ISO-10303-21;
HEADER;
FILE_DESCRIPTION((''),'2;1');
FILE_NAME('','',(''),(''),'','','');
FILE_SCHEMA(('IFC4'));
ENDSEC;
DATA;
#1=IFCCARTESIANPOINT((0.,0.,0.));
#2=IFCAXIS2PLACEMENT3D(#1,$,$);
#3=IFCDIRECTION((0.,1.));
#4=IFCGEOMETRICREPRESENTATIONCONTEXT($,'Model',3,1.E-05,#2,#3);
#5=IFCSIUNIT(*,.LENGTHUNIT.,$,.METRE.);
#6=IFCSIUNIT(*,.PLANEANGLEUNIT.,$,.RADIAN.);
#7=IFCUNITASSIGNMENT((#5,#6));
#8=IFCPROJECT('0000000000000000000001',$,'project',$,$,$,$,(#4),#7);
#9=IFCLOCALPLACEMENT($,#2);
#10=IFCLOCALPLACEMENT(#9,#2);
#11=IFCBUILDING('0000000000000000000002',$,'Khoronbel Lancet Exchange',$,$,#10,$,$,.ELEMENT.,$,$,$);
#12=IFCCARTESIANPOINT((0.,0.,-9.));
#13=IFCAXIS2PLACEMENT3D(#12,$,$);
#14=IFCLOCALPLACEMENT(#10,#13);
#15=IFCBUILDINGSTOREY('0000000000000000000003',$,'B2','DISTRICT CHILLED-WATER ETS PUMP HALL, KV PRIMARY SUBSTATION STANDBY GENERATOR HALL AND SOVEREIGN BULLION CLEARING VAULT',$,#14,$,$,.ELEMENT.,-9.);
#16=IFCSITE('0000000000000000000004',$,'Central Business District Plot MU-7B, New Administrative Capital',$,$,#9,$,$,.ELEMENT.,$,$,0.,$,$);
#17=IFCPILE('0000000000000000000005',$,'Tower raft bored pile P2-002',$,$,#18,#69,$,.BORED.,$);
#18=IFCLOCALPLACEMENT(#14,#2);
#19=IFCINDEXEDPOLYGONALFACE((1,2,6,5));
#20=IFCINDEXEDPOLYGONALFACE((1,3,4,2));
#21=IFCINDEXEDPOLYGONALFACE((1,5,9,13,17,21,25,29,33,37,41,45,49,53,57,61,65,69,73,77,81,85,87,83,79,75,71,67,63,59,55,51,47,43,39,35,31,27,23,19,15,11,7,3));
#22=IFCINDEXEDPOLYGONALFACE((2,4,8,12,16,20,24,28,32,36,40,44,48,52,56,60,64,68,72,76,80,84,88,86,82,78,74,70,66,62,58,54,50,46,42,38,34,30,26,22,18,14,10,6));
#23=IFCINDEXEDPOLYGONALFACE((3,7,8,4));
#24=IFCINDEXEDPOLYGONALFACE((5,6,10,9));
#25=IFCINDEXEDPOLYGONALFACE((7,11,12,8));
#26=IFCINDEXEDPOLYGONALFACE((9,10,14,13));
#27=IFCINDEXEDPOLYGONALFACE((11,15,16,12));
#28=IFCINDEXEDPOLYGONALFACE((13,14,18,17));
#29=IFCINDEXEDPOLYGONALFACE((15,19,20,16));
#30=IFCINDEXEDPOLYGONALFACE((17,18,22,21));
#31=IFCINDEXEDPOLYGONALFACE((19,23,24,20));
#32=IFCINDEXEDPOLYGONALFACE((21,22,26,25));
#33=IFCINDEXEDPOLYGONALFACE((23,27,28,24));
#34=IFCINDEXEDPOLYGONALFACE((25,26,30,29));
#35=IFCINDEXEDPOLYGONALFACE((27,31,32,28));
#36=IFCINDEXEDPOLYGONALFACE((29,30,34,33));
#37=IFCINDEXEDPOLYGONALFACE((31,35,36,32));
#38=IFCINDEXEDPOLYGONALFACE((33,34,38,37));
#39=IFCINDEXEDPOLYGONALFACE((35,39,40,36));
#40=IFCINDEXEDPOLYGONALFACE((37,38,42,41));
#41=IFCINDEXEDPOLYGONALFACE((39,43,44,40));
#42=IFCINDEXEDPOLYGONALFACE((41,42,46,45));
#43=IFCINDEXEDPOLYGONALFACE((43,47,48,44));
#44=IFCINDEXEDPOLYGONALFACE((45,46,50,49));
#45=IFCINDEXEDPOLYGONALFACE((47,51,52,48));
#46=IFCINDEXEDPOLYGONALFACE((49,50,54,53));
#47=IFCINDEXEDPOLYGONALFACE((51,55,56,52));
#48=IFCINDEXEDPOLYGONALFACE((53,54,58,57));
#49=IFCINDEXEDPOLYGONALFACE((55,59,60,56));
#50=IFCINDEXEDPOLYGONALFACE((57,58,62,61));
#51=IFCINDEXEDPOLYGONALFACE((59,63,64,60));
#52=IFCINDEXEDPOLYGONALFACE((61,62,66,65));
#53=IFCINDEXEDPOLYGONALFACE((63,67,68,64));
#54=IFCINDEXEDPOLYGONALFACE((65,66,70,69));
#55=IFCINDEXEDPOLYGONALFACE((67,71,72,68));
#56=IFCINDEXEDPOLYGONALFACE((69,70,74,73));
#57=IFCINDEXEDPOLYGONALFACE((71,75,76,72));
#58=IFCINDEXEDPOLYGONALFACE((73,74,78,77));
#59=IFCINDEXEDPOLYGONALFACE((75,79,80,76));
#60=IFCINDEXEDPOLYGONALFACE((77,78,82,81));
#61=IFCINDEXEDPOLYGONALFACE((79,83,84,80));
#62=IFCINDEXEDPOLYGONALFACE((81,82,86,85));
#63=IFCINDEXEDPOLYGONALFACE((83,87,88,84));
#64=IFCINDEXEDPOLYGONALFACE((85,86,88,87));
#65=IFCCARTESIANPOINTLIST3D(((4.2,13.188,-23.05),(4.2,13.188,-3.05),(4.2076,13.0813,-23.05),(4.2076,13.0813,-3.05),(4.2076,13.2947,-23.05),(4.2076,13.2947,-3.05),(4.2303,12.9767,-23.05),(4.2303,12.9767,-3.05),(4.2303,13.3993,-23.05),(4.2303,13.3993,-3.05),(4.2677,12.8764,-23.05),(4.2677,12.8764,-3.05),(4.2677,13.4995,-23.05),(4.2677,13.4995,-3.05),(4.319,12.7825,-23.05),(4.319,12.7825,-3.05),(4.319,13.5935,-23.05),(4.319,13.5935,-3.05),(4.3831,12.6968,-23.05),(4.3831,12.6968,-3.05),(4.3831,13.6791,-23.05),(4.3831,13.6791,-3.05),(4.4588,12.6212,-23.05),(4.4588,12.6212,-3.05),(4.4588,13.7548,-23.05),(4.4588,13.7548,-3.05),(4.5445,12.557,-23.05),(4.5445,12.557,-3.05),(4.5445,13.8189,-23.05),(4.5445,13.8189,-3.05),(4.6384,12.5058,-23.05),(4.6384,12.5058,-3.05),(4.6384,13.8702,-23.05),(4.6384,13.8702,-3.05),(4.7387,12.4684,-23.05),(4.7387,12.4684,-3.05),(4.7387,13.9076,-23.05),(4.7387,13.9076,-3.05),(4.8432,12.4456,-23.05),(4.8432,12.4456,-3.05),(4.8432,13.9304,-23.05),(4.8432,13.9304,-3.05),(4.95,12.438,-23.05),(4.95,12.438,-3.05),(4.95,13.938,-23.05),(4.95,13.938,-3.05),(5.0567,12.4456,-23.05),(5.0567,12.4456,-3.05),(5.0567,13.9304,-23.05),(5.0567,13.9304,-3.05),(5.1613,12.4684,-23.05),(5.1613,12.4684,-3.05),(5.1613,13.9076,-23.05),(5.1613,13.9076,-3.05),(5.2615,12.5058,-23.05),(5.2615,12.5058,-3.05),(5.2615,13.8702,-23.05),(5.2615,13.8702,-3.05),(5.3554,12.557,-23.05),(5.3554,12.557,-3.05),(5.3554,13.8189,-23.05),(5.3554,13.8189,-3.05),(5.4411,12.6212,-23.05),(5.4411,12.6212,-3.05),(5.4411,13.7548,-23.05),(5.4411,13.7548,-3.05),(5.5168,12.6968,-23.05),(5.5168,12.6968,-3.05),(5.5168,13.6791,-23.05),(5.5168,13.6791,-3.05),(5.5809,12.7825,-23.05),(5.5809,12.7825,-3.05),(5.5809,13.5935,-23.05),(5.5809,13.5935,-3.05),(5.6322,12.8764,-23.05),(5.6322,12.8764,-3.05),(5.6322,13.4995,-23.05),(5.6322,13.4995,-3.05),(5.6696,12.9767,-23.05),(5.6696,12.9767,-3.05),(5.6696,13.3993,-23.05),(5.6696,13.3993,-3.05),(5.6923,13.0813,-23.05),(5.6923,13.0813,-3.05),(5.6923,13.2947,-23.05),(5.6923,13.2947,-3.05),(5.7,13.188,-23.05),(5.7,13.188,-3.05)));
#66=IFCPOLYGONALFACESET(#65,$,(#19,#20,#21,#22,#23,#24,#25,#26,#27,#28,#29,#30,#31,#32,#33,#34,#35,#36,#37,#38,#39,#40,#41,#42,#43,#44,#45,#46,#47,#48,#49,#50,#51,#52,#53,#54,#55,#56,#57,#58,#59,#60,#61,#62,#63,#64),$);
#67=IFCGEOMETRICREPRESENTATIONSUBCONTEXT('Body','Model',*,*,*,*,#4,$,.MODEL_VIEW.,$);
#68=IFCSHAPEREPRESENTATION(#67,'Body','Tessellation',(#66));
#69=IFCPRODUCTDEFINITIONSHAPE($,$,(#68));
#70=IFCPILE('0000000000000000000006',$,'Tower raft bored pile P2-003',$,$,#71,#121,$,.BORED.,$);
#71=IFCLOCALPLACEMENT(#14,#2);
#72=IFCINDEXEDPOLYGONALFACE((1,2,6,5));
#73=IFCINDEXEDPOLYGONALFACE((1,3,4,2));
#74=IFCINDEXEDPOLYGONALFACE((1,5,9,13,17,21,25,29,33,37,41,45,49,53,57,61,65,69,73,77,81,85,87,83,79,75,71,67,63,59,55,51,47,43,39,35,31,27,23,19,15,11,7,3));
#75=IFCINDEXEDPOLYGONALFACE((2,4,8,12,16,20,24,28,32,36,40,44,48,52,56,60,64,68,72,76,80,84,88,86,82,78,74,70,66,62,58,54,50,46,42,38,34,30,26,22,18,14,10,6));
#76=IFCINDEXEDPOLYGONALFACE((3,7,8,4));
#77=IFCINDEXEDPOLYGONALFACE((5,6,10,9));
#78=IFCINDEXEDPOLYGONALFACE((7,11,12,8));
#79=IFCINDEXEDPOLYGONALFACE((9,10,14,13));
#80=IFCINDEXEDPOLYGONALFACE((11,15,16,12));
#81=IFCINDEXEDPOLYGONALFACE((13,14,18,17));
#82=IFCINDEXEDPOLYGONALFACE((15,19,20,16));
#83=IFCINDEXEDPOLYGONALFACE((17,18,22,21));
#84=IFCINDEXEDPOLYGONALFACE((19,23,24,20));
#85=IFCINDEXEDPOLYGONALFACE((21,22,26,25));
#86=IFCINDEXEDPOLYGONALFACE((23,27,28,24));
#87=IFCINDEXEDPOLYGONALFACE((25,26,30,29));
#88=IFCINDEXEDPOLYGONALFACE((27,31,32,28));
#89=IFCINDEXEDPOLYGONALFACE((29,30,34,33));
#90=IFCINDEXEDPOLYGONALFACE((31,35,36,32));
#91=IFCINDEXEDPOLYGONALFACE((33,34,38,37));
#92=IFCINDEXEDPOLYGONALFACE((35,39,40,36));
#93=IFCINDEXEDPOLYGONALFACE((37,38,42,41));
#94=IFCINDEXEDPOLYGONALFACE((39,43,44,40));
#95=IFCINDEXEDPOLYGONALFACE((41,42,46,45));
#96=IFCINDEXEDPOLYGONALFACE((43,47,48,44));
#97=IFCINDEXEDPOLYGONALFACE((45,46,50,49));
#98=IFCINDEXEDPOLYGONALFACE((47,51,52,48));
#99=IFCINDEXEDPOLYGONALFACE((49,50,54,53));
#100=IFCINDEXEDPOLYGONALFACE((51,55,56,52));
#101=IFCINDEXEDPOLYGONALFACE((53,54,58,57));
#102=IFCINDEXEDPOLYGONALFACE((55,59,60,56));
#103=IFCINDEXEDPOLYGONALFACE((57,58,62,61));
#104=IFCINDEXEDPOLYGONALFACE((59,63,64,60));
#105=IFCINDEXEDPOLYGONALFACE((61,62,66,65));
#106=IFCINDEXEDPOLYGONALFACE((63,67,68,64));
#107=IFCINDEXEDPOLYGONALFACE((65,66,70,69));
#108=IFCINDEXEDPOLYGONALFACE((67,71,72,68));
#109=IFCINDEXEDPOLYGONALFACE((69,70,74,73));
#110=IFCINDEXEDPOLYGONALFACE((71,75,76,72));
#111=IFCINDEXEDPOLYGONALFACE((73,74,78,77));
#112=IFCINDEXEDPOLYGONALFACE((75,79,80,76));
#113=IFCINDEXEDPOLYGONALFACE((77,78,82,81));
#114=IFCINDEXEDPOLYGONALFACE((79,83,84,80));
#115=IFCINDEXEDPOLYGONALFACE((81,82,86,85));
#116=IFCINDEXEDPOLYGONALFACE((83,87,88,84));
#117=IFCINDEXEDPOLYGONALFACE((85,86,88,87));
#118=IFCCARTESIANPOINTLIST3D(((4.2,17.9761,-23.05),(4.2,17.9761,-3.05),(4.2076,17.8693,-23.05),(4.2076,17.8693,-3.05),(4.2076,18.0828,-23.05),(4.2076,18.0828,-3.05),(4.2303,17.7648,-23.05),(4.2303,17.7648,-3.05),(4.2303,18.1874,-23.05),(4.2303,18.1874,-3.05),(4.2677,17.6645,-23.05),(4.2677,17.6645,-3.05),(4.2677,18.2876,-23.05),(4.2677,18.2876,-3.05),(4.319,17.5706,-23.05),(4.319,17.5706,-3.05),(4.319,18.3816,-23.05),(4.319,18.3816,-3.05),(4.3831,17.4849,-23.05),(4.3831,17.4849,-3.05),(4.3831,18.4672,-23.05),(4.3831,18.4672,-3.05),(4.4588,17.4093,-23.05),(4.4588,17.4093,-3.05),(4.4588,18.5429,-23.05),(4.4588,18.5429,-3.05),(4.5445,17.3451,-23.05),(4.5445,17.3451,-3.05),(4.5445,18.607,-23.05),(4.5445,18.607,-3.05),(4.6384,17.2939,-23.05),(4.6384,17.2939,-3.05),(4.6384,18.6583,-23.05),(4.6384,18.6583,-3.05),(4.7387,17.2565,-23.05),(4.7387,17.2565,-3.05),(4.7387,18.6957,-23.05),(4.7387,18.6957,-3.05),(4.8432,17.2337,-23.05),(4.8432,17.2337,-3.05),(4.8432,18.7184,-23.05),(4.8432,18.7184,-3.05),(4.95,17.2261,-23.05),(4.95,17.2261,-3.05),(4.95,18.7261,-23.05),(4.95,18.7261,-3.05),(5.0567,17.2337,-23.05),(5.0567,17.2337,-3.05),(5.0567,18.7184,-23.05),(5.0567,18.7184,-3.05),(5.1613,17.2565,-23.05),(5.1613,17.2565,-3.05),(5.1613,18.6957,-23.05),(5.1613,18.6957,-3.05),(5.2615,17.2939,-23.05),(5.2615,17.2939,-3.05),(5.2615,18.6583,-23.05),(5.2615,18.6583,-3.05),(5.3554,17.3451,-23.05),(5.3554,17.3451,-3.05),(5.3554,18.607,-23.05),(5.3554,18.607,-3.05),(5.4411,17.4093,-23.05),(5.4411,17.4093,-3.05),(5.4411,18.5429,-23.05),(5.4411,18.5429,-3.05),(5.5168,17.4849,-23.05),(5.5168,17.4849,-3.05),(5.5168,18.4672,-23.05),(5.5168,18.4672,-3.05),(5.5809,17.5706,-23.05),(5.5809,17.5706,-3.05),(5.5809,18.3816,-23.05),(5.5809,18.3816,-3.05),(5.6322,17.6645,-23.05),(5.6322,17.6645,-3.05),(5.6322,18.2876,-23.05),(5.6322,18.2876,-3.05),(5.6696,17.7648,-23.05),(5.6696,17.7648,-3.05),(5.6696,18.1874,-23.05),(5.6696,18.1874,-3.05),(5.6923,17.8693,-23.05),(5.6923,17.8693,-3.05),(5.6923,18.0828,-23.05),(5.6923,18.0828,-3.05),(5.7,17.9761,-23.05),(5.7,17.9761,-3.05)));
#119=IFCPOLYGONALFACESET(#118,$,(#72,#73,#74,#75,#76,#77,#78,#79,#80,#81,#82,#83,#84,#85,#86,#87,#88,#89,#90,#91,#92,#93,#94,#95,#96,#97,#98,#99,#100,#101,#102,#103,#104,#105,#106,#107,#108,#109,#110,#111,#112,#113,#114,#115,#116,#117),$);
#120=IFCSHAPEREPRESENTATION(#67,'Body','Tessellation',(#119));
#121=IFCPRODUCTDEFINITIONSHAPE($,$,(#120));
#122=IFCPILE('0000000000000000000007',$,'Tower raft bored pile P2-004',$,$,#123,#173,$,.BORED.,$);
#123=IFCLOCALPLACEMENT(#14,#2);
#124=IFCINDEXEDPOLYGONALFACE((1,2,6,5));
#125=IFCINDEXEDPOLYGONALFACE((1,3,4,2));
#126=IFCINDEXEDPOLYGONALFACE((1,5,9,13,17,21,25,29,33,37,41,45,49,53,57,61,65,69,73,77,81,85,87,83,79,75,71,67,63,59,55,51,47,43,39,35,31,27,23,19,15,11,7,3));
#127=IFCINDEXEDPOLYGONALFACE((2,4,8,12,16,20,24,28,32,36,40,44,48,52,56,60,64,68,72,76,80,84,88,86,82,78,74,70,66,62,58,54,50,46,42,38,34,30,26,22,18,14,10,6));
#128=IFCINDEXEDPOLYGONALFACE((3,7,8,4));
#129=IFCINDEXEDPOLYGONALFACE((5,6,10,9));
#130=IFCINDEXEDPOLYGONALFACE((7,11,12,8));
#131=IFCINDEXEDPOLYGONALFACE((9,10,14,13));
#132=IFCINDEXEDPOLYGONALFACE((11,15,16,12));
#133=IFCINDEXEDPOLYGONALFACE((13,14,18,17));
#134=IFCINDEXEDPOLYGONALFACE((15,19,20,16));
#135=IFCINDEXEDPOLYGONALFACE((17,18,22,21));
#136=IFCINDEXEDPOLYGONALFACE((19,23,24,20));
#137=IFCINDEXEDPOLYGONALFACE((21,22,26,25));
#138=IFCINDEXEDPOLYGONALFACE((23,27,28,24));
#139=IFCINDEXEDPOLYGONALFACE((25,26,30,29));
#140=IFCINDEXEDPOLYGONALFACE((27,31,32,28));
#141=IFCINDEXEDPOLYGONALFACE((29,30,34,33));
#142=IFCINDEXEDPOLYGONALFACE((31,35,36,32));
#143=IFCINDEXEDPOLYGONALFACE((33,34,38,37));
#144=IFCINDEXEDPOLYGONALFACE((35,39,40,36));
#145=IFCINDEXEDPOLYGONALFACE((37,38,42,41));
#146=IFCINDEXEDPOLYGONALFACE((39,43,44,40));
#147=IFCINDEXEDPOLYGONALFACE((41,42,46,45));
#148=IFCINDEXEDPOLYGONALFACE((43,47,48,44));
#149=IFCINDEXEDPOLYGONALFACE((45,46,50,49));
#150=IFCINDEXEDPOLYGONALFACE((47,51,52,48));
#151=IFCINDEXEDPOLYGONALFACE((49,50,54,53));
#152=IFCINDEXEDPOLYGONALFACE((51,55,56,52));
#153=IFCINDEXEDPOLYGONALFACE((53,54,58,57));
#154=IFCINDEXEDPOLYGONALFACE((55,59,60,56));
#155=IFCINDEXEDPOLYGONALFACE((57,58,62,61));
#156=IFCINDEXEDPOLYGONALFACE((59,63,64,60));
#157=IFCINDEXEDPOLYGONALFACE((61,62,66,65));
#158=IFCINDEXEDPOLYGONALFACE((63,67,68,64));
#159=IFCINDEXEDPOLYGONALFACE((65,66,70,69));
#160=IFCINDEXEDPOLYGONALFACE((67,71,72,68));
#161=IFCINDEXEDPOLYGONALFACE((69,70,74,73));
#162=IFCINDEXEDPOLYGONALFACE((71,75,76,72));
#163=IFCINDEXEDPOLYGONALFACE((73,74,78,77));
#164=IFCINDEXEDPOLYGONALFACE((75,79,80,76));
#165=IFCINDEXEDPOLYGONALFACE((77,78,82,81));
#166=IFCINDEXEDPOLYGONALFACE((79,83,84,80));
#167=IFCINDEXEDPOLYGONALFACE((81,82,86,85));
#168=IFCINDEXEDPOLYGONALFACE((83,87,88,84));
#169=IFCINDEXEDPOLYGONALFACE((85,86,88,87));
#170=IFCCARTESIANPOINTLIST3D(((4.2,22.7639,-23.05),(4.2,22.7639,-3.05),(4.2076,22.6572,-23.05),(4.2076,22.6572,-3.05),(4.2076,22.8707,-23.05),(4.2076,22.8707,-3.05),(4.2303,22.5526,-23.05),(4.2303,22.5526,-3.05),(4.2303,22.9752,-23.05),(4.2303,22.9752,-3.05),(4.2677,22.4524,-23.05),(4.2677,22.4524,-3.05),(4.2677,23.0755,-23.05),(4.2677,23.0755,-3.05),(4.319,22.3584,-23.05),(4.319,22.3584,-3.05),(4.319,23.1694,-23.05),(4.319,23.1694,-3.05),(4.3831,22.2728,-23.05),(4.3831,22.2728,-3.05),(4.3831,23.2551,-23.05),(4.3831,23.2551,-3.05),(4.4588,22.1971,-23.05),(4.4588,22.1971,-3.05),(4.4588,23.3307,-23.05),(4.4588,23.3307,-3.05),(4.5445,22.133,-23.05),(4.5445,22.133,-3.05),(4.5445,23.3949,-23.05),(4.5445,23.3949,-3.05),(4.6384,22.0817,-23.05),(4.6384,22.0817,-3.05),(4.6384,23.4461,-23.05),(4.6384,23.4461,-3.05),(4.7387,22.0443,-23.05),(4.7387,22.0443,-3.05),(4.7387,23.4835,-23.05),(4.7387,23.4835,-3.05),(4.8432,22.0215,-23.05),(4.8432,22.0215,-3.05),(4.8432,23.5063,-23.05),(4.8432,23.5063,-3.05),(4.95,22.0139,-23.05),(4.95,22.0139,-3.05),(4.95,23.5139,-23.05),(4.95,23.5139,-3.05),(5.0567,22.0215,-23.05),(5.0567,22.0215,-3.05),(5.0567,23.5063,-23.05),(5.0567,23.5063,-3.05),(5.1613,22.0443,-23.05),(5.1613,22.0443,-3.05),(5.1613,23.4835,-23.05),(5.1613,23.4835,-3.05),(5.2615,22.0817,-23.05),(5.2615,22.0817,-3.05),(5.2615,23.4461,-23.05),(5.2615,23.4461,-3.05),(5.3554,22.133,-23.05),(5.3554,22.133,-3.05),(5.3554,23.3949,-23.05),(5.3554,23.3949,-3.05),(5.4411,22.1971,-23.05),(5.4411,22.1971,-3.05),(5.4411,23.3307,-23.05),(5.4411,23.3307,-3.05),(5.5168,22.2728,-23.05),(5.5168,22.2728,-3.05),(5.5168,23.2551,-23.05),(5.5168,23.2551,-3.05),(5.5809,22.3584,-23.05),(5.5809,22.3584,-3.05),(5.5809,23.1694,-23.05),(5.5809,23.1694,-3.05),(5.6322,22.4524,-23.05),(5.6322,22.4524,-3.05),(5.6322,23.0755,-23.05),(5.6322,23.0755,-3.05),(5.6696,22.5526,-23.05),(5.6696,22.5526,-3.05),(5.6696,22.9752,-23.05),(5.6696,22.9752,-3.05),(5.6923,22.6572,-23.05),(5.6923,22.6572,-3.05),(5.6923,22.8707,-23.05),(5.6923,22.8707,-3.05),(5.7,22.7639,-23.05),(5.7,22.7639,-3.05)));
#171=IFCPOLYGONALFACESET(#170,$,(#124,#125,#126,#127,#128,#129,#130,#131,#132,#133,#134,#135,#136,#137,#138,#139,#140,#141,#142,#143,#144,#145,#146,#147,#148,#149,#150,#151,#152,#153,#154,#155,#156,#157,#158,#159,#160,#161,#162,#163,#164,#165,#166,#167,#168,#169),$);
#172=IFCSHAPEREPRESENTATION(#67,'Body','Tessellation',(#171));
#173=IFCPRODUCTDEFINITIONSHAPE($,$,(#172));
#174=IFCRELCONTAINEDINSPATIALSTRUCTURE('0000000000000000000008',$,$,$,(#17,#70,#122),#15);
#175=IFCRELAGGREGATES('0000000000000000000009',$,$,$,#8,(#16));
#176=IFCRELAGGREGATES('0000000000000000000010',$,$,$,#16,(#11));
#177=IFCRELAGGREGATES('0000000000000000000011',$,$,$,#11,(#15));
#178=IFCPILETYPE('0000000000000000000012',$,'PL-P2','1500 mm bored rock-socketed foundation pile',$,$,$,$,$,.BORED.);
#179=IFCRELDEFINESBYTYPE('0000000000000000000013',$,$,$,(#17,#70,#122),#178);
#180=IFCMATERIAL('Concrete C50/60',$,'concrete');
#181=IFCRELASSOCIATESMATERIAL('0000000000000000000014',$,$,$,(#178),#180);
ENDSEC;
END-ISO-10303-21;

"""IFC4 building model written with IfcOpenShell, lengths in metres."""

from ifc_helpers import new_model, si_unit, direction, frame, origin, origin_2d, place, context, subcontext, project, spatial, circle, extrude, material, material_profile, profile_set, type_object, element, save


model = new_model("IFC4")

# Units and contexts
model_context = context("Model", 3, precision=1e-05, world=origin(), true_north=direction((0.0, 1.0)))
body_context = subcontext(model_context, "Body", "Model", "MODEL_VIEW")
ifc_project = project(units=[si_unit("LENGTHUNIT", "METRE"), si_unit("PLANEANGLEUNIT", "RADIAN")], contexts=[model_context])

# Site, building, storey
site_placement = place(None, origin())
site = spatial("IfcSite", under=ifc_project, at=site_placement, Name="Central Business District Plot MU-7B, New Administrative Capital", CompositionType="ELEMENT", RefElevation=0.0)
building_placement = place(site_placement, origin())
building = spatial("IfcBuilding", under=site, at=building_placement, Name="Khoronbel Lancet Exchange", CompositionType="ELEMENT")
storey_placement = place(building_placement, frame((0.0, 0.0, -9.0)))
storey = spatial("IfcBuildingStorey", under=building, at=storey_placement, Name="B2", Description="DISTRICT CHILLED-WATER ETS PUMP HALL, KV PRIMARY SUBSTATION STANDBY GENERATOR HALL AND SOVEREIGN BULLION CLEARING VAULT", CompositionType="ELEMENT", Elevation=-9.0)

# Piles
ifc_material_1 = material(Name="Concrete C50/60", Category="concrete")
ifc_material_profile_1 = material_profile(ifc_material_1, circle(Radius=0.75, at=origin_2d()), Name="BORED PILE D1500")
ifc_profile_set_1 = profile_set([ifc_material_profile_1], Name="Concrete C50/60")
pile_type = type_object("IfcPileType", Name="PL-P2", Description="1500 mm bored rock-socketed foundation pile", PredefinedType="BORED", material=ifc_profile_set_1)
for number, where, z_axis, x_axis, name in (
    (1, (4.95, 13.188, -3.05), (0.0, 0.0, -1.0), (1.0, 0.0, 0.0), "Tower raft bored pile P2-002"),
    (2, (4.95, 17.9761, -3.05), (0.0, 0.0, -1.0), (1.0, 0.0, 0.0), "Tower raft bored pile P2-003"),
    (3, (4.95, 22.7639, -3.05), (0.0, 0.0, -1.0), (1.0, 0.0, 0.0), "Tower raft bored pile P2-004"),
):
    element("IfcPile", number, at=place(storey_placement, frame(where, z_axis=z_axis, x_axis=x_axis)), inside=storey, type_object=pile_type, Name=name, PredefinedType="BORED", context=body_context, shape_type="SweptSolid", body=[
        extrude(circle(Radius=0.75, at=origin_2d()), origin(), (0.0, 0.0, 1.0), 20.0),
    ])

save(model, "model.ifc")
